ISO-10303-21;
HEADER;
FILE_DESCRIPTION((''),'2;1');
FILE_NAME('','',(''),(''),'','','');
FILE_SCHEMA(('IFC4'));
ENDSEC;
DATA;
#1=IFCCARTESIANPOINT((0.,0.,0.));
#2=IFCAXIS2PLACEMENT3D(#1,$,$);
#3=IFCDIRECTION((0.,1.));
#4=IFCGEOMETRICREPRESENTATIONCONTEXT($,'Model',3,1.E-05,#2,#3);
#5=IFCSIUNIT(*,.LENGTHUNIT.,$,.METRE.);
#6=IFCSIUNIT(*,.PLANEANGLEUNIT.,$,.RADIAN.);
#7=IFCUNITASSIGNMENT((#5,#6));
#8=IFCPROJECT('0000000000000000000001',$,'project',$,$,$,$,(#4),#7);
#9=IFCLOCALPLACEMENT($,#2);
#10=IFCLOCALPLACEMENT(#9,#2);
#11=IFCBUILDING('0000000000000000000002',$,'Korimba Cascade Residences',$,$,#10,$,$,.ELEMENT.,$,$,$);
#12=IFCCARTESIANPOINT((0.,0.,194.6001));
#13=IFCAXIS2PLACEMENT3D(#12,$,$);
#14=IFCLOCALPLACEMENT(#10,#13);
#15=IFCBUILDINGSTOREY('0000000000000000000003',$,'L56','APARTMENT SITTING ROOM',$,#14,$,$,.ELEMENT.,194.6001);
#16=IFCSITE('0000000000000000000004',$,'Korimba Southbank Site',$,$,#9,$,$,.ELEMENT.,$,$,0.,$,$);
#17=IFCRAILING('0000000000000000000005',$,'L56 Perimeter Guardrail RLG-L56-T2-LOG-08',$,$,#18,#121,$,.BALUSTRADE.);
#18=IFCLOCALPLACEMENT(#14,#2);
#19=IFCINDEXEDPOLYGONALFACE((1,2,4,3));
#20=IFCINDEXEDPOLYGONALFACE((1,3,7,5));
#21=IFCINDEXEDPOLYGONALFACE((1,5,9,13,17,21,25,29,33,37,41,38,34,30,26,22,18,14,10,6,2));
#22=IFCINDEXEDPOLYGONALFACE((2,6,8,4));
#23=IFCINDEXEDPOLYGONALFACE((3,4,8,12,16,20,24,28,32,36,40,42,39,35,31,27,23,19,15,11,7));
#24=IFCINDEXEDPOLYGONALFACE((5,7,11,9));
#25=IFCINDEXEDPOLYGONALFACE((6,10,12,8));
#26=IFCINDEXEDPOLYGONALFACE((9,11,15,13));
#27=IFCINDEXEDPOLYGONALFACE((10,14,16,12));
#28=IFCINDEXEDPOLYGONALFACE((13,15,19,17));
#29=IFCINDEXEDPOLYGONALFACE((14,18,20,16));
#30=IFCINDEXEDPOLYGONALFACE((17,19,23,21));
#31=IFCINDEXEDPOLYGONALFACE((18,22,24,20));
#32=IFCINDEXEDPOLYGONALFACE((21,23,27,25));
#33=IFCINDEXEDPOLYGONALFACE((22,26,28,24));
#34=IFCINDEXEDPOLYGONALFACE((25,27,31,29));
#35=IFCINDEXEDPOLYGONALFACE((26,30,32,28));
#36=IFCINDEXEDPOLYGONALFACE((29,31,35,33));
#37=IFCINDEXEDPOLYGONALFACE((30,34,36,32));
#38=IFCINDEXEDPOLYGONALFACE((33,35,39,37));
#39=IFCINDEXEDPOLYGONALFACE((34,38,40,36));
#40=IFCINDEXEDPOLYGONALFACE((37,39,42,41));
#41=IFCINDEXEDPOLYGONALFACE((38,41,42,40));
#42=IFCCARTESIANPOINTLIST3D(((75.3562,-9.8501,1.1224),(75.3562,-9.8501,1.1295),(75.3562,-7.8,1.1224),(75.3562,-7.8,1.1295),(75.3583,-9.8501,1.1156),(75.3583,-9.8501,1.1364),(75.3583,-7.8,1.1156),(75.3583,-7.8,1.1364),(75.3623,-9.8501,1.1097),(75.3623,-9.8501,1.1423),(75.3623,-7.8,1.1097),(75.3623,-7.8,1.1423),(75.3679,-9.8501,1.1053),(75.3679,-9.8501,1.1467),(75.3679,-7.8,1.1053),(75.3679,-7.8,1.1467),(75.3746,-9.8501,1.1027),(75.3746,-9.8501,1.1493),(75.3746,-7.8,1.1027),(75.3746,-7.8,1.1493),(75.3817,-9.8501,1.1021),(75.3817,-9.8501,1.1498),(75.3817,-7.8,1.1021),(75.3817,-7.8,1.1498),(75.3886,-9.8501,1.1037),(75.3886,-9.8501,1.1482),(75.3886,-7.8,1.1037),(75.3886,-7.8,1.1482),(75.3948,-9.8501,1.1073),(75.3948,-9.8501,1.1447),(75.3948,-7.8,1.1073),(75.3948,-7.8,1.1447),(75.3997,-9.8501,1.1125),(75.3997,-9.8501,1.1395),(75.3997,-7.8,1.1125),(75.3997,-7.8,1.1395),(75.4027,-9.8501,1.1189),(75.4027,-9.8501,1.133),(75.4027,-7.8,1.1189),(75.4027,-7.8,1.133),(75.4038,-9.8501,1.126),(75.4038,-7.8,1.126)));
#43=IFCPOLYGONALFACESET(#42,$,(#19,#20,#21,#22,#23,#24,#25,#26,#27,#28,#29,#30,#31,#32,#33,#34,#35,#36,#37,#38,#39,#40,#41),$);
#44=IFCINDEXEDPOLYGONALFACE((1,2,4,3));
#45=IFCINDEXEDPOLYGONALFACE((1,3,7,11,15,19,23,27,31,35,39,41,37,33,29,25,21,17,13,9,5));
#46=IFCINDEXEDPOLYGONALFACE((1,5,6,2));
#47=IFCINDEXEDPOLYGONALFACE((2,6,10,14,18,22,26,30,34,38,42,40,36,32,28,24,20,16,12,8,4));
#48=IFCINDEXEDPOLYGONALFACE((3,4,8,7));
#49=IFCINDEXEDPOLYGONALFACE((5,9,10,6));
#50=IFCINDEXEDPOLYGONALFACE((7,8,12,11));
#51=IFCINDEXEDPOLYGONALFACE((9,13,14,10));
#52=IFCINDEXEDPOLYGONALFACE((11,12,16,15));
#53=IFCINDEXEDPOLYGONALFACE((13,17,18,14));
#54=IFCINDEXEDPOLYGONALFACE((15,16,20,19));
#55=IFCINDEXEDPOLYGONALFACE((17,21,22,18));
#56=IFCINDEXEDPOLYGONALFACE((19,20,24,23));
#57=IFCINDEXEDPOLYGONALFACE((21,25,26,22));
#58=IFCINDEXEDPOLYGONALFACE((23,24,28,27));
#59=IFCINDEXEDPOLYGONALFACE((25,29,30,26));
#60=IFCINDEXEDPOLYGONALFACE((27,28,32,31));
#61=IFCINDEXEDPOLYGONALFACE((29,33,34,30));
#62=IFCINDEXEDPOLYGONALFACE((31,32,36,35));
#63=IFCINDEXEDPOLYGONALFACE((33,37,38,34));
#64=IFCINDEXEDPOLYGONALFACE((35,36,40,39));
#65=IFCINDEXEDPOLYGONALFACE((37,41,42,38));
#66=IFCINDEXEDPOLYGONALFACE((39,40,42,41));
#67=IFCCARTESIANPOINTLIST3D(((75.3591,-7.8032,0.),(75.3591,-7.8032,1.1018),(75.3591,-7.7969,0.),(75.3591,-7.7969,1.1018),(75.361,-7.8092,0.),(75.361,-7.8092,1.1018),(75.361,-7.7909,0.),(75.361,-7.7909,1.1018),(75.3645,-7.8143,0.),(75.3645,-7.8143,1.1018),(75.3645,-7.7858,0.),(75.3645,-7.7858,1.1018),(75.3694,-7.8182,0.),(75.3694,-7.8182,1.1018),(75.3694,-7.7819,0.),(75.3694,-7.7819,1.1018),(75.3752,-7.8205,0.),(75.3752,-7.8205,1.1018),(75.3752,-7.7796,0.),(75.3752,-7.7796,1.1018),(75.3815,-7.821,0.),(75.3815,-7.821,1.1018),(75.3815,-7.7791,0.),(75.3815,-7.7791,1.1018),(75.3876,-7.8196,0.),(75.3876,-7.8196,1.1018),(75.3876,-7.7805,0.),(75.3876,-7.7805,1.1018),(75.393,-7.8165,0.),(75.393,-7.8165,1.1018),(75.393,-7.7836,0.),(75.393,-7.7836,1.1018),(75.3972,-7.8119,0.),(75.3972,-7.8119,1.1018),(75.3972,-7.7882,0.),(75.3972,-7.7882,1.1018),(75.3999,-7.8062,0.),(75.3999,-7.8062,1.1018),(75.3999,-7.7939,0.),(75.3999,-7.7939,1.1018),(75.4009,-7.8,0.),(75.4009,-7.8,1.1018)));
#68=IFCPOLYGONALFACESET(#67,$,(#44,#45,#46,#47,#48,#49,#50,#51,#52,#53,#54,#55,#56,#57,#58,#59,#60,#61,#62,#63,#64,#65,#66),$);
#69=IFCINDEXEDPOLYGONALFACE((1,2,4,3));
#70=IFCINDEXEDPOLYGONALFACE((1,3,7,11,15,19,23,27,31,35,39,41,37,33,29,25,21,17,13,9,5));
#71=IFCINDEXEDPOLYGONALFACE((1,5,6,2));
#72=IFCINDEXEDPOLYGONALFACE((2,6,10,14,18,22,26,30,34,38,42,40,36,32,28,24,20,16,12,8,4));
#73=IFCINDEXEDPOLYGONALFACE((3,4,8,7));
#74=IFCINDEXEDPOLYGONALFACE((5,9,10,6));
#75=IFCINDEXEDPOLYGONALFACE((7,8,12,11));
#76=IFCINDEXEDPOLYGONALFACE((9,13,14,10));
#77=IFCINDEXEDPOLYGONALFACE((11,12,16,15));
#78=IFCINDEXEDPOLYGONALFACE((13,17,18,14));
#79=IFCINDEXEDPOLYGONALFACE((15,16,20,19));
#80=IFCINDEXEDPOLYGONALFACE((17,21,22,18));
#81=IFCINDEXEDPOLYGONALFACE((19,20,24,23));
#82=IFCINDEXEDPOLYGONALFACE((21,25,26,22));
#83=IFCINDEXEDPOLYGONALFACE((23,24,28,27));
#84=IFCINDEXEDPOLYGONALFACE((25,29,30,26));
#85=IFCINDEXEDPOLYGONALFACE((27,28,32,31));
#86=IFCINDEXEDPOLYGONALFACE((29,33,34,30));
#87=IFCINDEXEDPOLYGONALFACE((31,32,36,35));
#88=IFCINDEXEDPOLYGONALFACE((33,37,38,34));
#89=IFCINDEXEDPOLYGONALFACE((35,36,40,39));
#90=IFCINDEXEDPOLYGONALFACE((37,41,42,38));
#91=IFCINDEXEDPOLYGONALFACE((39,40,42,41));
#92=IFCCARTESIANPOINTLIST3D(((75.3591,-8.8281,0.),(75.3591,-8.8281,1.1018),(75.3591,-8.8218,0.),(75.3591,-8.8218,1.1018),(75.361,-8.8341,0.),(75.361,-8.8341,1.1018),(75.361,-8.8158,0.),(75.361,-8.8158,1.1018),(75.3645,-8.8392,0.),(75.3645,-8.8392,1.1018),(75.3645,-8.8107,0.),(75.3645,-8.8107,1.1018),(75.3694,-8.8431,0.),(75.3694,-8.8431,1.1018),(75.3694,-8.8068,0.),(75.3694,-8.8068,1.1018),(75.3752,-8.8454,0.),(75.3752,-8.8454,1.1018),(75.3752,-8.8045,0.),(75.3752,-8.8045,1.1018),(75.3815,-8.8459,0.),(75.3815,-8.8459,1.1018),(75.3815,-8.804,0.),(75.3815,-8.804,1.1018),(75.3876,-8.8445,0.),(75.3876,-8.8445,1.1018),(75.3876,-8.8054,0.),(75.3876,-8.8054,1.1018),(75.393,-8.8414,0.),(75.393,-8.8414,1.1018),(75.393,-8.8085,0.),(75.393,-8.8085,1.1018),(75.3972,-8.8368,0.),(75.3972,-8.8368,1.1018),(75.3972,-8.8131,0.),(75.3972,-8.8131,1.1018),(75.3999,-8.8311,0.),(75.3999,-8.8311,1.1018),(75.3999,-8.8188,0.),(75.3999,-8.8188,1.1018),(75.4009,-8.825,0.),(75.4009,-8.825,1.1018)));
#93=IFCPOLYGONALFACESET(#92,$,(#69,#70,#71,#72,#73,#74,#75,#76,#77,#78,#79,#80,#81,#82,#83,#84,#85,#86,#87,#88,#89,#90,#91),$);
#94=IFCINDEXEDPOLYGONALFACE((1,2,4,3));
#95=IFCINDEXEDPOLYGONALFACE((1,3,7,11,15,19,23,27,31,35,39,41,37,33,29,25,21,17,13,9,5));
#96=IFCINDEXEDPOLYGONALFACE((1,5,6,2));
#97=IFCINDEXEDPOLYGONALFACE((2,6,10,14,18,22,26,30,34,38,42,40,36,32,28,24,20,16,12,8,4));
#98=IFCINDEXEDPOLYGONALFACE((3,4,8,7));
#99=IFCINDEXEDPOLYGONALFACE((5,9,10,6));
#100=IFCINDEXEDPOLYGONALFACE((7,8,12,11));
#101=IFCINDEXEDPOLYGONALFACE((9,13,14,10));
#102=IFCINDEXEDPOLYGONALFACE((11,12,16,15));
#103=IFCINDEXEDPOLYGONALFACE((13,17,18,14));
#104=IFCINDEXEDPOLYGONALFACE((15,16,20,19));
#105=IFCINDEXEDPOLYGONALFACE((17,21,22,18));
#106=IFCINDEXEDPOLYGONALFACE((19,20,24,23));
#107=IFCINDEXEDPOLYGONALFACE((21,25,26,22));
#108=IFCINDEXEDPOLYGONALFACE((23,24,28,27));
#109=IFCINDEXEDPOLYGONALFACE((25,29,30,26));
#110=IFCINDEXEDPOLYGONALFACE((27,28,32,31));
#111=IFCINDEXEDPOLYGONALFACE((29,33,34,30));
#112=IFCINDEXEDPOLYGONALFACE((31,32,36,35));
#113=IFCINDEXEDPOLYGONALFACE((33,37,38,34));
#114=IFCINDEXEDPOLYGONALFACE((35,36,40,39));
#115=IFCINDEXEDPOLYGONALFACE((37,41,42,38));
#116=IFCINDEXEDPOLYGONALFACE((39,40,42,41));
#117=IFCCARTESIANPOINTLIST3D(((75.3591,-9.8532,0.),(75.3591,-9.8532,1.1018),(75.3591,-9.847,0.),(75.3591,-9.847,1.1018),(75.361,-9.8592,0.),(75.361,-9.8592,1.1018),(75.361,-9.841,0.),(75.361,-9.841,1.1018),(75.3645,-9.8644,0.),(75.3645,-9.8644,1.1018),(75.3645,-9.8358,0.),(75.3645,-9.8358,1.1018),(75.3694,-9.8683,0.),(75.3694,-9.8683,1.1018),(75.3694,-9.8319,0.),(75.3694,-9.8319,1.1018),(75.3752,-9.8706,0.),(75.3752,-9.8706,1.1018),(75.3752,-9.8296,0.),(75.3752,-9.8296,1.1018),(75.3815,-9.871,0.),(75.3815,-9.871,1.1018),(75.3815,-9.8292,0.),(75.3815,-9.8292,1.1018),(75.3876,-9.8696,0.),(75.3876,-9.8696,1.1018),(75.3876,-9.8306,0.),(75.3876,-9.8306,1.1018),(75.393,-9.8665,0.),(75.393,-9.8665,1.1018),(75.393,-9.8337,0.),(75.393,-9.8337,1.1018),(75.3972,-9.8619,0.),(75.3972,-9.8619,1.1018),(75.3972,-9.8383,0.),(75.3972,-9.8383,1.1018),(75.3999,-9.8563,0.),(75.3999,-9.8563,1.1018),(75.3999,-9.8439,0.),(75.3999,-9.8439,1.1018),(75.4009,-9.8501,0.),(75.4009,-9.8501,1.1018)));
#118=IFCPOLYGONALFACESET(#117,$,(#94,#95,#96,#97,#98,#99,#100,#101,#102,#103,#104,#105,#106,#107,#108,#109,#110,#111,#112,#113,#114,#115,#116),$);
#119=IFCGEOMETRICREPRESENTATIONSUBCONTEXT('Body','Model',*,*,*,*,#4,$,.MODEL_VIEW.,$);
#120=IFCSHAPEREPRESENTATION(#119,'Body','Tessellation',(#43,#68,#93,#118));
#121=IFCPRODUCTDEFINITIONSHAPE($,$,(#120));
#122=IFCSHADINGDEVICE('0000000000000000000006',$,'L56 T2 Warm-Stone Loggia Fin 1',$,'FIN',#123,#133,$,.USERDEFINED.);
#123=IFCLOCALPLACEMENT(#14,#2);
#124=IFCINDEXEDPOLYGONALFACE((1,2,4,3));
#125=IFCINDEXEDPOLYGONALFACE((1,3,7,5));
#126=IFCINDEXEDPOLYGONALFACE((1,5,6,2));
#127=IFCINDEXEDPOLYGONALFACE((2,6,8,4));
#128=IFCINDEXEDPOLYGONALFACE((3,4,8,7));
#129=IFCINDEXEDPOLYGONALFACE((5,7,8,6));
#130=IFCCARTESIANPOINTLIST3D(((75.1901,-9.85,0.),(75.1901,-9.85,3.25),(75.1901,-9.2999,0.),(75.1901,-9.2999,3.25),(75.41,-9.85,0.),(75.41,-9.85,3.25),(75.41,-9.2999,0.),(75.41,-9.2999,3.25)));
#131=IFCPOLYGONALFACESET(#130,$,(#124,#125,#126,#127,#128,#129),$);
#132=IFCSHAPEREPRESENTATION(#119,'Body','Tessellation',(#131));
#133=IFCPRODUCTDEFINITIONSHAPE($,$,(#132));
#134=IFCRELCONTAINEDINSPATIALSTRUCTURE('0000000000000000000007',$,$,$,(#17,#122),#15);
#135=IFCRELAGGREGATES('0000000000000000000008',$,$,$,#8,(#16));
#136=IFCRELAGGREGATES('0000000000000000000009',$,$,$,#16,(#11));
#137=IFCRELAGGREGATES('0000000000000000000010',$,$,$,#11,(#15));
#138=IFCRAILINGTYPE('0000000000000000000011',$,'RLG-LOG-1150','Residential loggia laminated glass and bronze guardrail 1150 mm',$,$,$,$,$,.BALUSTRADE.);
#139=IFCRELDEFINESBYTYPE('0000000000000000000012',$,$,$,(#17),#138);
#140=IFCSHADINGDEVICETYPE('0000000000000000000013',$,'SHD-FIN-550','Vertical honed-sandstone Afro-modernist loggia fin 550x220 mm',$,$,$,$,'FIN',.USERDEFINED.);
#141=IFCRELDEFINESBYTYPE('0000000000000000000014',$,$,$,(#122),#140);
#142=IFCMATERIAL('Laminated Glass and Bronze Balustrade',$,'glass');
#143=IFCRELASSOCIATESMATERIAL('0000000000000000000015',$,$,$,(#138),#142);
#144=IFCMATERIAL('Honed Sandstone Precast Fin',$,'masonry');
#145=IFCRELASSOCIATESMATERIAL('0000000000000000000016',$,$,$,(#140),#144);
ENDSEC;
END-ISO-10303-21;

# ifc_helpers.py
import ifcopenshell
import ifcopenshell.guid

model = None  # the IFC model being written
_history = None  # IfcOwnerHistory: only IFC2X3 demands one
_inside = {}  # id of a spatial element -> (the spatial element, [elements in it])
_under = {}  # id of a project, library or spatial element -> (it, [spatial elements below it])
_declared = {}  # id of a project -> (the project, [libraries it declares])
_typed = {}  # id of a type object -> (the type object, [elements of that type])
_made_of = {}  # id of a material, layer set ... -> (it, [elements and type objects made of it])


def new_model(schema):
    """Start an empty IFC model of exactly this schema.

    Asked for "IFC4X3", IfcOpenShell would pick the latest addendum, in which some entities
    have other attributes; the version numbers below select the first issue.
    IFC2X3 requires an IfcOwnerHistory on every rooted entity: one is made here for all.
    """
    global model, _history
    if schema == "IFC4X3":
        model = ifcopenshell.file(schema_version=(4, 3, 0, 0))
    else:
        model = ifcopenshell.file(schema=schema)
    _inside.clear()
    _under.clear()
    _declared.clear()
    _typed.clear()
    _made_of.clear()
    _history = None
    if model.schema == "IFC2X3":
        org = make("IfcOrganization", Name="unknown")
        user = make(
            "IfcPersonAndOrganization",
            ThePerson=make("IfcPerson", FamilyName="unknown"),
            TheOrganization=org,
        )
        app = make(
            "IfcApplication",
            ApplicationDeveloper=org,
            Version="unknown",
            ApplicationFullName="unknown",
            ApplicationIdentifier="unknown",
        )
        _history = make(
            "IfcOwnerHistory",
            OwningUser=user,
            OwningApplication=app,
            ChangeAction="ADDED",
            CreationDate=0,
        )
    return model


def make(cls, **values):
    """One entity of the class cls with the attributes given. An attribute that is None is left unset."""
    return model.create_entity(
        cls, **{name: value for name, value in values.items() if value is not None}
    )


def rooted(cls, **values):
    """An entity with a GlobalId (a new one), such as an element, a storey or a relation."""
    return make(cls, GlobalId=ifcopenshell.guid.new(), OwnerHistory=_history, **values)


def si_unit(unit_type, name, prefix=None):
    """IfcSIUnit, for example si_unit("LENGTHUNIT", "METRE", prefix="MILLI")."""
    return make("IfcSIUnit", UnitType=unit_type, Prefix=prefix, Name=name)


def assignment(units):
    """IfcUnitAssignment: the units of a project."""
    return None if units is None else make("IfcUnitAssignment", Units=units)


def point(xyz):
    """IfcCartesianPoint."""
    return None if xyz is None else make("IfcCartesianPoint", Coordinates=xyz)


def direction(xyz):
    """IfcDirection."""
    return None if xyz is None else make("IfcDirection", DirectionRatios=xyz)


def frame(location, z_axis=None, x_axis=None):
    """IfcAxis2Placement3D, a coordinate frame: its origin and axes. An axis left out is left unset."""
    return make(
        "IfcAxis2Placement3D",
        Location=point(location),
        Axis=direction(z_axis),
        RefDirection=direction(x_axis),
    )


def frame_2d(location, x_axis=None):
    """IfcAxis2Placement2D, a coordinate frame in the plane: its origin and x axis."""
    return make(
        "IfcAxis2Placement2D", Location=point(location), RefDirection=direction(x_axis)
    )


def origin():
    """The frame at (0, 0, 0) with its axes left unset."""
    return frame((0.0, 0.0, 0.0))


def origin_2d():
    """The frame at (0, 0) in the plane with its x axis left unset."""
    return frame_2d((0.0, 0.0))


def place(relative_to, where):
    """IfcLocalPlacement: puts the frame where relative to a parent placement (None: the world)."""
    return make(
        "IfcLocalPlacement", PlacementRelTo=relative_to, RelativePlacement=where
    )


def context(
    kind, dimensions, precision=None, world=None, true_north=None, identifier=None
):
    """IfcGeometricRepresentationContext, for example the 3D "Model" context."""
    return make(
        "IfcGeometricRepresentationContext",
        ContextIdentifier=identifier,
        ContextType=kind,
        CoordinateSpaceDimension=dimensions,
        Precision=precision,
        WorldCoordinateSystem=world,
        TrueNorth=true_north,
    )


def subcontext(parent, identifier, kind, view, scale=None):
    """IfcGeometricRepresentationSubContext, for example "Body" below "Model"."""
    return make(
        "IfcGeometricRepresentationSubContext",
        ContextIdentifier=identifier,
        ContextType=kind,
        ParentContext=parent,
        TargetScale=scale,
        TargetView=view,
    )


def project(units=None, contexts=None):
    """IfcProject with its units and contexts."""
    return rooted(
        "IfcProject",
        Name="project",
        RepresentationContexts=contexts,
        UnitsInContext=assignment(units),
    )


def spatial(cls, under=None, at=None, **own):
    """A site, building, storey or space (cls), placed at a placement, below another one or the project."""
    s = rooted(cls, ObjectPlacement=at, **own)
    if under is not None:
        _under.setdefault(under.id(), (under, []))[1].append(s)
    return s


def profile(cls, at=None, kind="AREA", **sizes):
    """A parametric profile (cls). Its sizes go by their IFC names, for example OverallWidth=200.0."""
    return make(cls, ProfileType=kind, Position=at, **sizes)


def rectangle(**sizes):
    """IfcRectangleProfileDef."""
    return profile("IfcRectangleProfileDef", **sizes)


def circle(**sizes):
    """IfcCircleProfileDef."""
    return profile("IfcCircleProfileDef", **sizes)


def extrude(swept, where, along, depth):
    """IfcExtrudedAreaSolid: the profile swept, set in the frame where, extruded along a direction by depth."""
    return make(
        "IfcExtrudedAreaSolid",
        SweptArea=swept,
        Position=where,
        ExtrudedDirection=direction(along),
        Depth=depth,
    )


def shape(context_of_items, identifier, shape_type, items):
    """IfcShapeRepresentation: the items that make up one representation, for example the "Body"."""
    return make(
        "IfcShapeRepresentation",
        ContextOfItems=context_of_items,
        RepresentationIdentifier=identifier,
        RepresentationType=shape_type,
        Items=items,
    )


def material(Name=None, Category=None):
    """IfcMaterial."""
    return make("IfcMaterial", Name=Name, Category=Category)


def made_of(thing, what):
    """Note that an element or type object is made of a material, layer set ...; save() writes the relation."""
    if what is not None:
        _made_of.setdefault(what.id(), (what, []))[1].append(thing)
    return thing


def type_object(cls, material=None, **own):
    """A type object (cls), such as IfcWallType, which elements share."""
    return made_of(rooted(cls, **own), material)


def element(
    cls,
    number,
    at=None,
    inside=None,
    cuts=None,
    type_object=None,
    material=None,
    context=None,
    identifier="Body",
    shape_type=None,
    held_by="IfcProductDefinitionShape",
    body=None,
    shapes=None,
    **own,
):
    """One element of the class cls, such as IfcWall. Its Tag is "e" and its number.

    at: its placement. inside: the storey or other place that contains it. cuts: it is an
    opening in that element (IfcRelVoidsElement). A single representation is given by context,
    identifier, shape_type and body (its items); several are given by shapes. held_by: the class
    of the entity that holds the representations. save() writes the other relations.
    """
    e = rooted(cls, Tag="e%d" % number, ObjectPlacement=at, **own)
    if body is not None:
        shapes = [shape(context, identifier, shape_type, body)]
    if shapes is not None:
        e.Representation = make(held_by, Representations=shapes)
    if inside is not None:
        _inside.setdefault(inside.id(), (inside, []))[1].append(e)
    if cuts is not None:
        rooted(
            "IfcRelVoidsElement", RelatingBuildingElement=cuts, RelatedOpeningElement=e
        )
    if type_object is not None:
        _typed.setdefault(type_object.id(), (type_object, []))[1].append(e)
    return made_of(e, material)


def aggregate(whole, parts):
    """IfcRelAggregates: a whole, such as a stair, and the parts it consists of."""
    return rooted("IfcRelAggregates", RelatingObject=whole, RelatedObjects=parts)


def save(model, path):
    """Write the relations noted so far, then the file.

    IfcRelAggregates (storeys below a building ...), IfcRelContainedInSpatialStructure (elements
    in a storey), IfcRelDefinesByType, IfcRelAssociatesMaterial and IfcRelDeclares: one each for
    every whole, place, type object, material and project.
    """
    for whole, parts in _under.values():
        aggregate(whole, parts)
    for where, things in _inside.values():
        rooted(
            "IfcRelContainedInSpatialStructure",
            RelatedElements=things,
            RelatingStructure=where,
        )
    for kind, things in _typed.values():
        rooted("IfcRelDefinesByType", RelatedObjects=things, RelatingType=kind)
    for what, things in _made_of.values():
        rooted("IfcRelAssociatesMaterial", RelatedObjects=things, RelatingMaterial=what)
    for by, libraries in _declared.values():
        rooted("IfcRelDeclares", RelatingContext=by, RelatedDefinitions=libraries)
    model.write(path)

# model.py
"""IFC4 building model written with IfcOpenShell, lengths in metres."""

from ifc_helpers import new_model, si_unit, direction, frame, origin, origin_2d, place, context, subcontext, project, spatial, rectangle, circle, extrude, material, type_object, element, save


model = new_model("IFC4")

# Units and contexts
model_context = context("Model", 3, precision=1e-05, world=origin(), true_north=direction((0.0, 1.0)))
body_context = subcontext(model_context, "Body", "Model", "MODEL_VIEW")
ifc_project = project(units=[si_unit("LENGTHUNIT", "METRE"), si_unit("PLANEANGLEUNIT", "RADIAN")], contexts=[model_context])

# Site, building, storey
site_placement = place(None, origin())
site = spatial("IfcSite", under=ifc_project, at=site_placement, Name="Korimba Southbank Site", CompositionType="ELEMENT", RefElevation=0.0)
building_placement = place(site_placement, origin())
building = spatial("IfcBuilding", under=site, at=building_placement, Name="Korimba Cascade Residences", CompositionType="ELEMENT")
storey_placement = place(building_placement, frame((0.0, 0.0, 194.6001)))
storey = spatial("IfcBuildingStorey", under=building, at=storey_placement, Name="L56", Description="APARTMENT SITTING ROOM", CompositionType="ELEMENT", Elevation=194.6001)

# Railing
ifc_material_1 = material(Name="Laminated Glass and Bronze Balustrade", Category="glass")
railing_type = type_object("IfcRailingType", Name="RLG-LOG-1150", Description="Residential loggia laminated glass and bronze guardrail 1150 mm", PredefinedType="BALUSTRADE", material=ifc_material_1)
railing_1_placement = place(storey_placement, frame((75.3799, -7.8, 0.0)))
element("IfcRailing", 1, at=railing_1_placement, inside=storey, type_object=railing_type, Name="L56 Perimeter Guardrail RLG-L56-T2-LOG-08", PredefinedType="BALUSTRADE", context=body_context, shape_type="SweptSolid", body=[
    extrude(circle(Radius=0.0239, at=origin_2d()), frame((0.0, 0.0, 1.126), z_axis=(0.0, -1.0, 0.0), x_axis=(1.0, 0.0, 0.0)), (0.0, 0.0, 1.0), 2.05),
    extrude(circle(Radius=0.021, at=origin_2d()), origin(), (0.0, 0.0, 1.0), 1.1018),
    extrude(circle(Radius=0.021, at=origin_2d()), frame((0.0, -1.0249, 0.0)), (0.0, 0.0, 1.0), 1.1018),
    extrude(circle(Radius=0.021, at=origin_2d()), frame((0.0, -2.05, 0.0)), (0.0, 0.0, 1.0), 1.1018),
])

# Shading device
ifc_material_2 = material(Name="Honed Sandstone Precast Fin", Category="masonry")
shading_device_type = type_object("IfcShadingDeviceType", Name="SHD-FIN-550", Description="Vertical honed-sandstone Afro-modernist loggia fin 550x220 mm", ElementType="FIN", PredefinedType="USERDEFINED", material=ifc_material_2)
shading_device_placement = place(storey_placement, frame((75.3, -9.575, 0.0), z_axis=(0.0, 0.0, 1.0), x_axis=(1.0, 0.0, 0.0)))
element("IfcShadingDevice", 2, at=shading_device_placement, inside=storey, type_object=shading_device_type, Name="L56 T2 Warm-Stone Loggia Fin 1", ObjectType="FIN", PredefinedType="USERDEFINED", context=body_context, shape_type="SweptSolid", body=[
    extrude(rectangle(XDim=0.22, YDim=0.55, at=origin_2d()), origin(), (0.0, 0.0, 1.0), 3.25),
])

save(model, "model.ifc")
